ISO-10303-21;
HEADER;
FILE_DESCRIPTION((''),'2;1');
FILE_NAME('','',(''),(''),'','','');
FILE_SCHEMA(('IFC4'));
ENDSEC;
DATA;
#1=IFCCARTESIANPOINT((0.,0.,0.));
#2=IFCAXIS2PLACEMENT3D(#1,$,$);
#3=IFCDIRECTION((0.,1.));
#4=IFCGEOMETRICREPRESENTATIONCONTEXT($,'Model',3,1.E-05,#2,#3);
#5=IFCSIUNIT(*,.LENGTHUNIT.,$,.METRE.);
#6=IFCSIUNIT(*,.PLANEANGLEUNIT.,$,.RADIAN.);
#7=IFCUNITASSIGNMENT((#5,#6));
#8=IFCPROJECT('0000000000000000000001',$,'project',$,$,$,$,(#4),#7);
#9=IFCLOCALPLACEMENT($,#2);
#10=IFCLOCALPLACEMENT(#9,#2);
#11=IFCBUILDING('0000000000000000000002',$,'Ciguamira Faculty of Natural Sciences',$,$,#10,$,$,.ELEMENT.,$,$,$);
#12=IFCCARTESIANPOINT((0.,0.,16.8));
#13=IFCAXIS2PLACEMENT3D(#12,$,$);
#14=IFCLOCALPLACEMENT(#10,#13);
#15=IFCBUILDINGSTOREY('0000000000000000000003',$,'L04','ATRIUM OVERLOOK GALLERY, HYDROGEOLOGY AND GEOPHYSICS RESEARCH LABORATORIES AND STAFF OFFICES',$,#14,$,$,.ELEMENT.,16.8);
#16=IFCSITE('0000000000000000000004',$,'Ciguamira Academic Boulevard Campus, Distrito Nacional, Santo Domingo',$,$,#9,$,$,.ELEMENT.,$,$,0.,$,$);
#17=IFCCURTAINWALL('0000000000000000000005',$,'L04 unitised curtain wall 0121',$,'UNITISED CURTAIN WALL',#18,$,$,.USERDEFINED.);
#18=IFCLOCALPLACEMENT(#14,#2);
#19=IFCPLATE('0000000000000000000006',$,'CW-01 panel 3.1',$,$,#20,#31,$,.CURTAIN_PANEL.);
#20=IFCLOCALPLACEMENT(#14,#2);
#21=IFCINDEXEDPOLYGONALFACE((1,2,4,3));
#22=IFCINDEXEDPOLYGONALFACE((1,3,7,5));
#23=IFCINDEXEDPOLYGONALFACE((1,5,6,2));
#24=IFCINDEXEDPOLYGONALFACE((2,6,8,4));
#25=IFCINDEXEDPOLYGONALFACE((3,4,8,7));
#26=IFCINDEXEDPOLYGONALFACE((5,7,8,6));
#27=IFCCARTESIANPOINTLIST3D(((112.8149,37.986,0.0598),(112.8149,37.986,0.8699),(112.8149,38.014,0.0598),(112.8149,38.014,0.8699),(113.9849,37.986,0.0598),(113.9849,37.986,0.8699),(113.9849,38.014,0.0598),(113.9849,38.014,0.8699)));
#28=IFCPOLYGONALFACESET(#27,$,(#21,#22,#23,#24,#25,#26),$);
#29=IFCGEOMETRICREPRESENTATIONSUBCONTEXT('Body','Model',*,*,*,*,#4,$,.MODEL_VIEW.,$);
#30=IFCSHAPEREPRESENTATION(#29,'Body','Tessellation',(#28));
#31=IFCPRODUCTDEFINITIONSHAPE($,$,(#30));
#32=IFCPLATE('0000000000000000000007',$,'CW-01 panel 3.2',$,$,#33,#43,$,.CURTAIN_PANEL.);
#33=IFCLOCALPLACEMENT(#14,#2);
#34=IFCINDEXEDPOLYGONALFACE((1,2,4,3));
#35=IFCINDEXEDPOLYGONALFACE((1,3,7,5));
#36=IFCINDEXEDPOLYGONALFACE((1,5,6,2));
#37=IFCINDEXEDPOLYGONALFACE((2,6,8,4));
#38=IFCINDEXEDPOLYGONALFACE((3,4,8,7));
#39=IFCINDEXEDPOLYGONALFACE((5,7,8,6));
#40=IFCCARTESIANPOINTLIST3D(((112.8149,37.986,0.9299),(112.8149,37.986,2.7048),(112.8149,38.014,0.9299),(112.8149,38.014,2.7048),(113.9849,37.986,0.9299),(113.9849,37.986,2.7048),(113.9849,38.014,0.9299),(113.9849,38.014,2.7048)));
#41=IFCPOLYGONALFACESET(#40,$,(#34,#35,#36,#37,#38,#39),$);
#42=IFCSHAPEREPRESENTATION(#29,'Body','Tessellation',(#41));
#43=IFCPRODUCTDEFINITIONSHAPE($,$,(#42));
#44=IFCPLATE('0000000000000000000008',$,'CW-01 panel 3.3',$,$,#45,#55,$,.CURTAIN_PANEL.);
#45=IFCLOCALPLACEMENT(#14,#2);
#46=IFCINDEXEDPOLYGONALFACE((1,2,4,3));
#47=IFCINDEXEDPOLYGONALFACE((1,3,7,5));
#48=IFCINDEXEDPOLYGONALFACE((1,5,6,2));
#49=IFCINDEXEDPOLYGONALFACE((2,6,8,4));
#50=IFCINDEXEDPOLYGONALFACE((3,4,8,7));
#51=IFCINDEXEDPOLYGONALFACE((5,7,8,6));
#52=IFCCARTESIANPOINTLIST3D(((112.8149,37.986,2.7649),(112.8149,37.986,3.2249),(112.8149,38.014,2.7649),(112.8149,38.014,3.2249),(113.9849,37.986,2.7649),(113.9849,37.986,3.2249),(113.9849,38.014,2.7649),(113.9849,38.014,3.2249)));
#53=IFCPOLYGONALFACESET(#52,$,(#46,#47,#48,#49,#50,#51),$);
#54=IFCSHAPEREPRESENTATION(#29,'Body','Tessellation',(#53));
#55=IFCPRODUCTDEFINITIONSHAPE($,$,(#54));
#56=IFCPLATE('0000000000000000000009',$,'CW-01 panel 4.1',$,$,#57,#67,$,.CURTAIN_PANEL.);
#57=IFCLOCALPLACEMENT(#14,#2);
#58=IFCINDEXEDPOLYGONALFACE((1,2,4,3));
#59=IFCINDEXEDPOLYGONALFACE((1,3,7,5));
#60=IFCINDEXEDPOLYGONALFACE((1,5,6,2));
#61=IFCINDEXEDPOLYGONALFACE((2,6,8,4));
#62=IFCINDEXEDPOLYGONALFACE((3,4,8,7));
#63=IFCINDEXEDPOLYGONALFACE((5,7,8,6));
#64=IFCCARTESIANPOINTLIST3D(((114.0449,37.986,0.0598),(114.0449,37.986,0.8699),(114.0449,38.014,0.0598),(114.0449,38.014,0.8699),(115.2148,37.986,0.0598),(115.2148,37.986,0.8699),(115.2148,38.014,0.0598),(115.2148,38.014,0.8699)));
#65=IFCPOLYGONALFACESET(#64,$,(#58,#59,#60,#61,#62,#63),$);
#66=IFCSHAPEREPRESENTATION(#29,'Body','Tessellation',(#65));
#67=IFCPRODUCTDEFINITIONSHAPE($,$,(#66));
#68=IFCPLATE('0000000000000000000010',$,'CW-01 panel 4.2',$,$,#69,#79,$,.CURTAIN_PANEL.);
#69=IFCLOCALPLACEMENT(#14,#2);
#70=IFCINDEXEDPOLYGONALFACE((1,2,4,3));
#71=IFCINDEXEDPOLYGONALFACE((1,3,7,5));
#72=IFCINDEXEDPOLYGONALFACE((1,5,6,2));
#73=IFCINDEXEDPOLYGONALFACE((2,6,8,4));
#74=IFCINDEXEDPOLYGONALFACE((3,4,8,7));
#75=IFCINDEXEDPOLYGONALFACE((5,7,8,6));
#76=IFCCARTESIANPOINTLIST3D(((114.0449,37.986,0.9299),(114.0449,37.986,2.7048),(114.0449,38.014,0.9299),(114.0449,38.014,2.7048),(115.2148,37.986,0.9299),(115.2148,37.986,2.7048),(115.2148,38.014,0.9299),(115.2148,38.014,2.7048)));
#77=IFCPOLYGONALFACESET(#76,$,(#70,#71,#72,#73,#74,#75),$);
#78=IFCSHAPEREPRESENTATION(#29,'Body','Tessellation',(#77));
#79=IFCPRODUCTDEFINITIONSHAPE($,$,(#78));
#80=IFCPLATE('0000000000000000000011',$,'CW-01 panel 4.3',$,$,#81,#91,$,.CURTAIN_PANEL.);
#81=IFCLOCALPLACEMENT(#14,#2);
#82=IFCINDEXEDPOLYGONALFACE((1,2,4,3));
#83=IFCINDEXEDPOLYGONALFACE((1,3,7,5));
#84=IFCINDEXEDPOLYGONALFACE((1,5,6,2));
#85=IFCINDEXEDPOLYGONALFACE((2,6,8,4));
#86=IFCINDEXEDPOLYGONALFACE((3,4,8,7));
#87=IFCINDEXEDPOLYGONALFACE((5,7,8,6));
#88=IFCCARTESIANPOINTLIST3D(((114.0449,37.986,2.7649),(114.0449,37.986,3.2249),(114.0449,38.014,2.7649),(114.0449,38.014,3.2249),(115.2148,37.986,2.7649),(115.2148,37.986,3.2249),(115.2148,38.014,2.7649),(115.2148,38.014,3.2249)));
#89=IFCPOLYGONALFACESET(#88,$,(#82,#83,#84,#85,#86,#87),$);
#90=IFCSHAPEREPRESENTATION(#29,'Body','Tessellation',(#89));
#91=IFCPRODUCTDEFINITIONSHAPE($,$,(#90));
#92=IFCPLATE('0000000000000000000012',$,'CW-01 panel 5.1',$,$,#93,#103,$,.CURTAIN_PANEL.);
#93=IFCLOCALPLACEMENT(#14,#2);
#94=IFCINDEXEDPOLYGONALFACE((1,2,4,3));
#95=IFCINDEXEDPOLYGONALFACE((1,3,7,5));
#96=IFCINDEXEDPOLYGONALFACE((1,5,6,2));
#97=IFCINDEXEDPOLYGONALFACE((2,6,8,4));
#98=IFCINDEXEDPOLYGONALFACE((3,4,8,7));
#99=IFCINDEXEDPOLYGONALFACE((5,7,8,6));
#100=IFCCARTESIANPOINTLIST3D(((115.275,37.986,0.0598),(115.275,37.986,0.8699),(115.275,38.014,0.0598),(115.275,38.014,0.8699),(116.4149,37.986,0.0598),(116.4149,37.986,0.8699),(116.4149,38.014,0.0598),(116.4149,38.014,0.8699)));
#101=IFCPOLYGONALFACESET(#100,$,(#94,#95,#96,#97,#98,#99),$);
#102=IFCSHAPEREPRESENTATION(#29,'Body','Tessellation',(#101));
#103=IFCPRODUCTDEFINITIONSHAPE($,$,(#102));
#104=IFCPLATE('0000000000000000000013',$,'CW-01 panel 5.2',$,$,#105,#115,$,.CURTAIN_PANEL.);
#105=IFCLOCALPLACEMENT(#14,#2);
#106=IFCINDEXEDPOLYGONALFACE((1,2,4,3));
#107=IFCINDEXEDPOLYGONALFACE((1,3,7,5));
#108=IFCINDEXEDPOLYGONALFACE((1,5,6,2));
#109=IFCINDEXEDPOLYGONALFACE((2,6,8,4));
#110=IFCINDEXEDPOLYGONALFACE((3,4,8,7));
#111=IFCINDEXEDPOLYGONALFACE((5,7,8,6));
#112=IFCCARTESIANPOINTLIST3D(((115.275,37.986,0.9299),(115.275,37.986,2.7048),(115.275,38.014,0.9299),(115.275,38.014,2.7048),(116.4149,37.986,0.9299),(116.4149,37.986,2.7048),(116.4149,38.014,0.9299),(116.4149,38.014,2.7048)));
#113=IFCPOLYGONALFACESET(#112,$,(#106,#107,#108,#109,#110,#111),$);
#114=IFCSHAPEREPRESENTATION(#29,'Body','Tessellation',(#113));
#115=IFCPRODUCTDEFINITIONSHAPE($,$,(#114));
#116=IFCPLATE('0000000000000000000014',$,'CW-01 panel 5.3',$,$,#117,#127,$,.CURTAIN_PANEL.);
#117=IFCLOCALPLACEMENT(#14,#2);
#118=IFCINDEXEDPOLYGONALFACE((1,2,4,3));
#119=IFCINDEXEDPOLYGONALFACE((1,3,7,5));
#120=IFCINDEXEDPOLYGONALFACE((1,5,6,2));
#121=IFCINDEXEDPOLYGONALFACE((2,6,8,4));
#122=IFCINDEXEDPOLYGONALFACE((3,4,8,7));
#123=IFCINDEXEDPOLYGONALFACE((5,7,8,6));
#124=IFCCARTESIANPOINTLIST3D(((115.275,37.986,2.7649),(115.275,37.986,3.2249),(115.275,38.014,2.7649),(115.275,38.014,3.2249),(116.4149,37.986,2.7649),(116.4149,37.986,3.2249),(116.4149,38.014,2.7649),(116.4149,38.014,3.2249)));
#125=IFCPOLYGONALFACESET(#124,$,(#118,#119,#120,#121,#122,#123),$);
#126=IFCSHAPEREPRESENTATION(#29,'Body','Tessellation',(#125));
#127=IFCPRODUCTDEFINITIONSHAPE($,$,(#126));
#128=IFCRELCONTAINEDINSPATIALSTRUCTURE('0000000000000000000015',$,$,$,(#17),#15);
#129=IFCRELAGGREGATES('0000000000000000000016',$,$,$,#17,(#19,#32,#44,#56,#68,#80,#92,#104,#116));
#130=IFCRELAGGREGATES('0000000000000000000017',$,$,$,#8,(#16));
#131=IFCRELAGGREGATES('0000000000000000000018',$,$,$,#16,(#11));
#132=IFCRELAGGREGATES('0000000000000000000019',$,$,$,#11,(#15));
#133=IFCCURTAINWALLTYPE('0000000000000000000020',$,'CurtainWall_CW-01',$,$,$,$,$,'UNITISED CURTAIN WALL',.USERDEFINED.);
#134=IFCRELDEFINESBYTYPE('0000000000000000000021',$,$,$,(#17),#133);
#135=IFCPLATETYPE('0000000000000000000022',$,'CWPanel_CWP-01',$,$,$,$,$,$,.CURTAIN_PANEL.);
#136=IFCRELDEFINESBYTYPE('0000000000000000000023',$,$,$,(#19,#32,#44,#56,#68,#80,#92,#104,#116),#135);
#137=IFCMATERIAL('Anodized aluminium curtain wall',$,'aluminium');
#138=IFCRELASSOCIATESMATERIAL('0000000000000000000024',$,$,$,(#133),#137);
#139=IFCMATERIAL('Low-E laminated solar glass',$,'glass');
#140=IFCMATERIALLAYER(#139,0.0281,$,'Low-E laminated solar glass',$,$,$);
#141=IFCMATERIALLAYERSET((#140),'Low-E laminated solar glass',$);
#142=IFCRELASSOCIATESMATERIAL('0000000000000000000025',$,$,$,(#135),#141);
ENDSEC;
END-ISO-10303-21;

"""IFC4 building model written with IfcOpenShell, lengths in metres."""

from ifc_helpers import new_model, si_unit, direction, frame, origin, origin_2d, place, context, subcontext, project, spatial, rectangle, extrude, material, layer, layer_set, type_object, element, aggregate, save


model = new_model("IFC4")

# Units and contexts
model_context = context("Model", 3, precision=1e-05, world=origin(), true_north=direction((0.0, 1.0)))
body_context = subcontext(model_context, "Body", "Model", "MODEL_VIEW")
ifc_project = project(units=[si_unit("LENGTHUNIT", "METRE"), si_unit("PLANEANGLEUNIT", "RADIAN")], contexts=[model_context])

# Site, building, storey
site_placement = place(None, origin())
site = spatial("IfcSite", under=ifc_project, at=site_placement, Name="Ciguamira Academic Boulevard Campus, Distrito Nacional, Santo Domingo", CompositionType="ELEMENT", RefElevation=0.0)
building_placement = place(site_placement, origin())
building = spatial("IfcBuilding", under=site, at=building_placement, Name="Ciguamira Faculty of Natural Sciences", CompositionType="ELEMENT")
storey_placement = place(building_placement, frame((0.0, 0.0, 16.8)))
storey = spatial("IfcBuildingStorey", under=building, at=storey_placement, Name="L04", Description="ATRIUM OVERLOOK GALLERY, HYDROGEOLOGY AND GEOPHYSICS RESEARCH LABORATORIES AND STAFF OFFICES", CompositionType="ELEMENT", Elevation=16.8)

# Curtain wall
ifc_material_1 = material(Name="Anodized aluminium curtain wall", Category="aluminium")
curtain_wall_type = type_object("IfcCurtainWallType", Name="CurtainWall_CW-01", ElementType="UNITISED CURTAIN WALL", PredefinedType="USERDEFINED", material=ifc_material_1)
curtain_wall_placement = place(storey_placement, origin())
curtain_wall = element("IfcCurtainWall", 1, at=curtain_wall_placement, inside=storey, type_object=curtain_wall_type, Name="L04 unitised curtain wall 0121", ObjectType="UNITISED CURTAIN WALL", PredefinedType="USERDEFINED")

# Plates
ifc_material_2 = material(Name="Low-E laminated solar glass", Category="glass")
ifc_layer = layer(ifc_material_2, 0.0281, Name="Low-E laminated solar glass")
ifc_layer_set = layer_set([ifc_layer], Name="Low-E laminated solar glass")
plate_type = type_object("IfcPlateType", Name="CWPanel_CWP-01", PredefinedType="CURTAIN_PANEL", material=ifc_layer_set)
plate_1_placement = place(storey_placement, frame((113.3999, 38.0, 0.0598), z_axis=(0.0, 0.0, 1.0), x_axis=(1.0, 0.0, 0.0)))
plate_1 = element("IfcPlate", 2, at=plate_1_placement, type_object=plate_type, Name="CW-01 panel 3.1", PredefinedType="CURTAIN_PANEL", context=body_context, shape_type="SweptSolid", body=[
    extrude(rectangle(XDim=1.1699, YDim=0.0281, at=origin_2d()), origin(), (0.0, 0.0, 1.0), 0.8101),
])
plate_2_placement = place(storey_placement, frame((113.3999, 38.0, 0.9299), z_axis=(0.0, 0.0, 1.0), x_axis=(1.0, 0.0, 0.0)))
plate_2 = element("IfcPlate", 3, at=plate_2_placement, type_object=plate_type, Name="CW-01 panel 3.2", PredefinedType="CURTAIN_PANEL", context=body_context, shape_type="SweptSolid", body=[
    extrude(rectangle(XDim=1.1699, YDim=0.0281, at=origin_2d()), origin(), (0.0, 0.0, 1.0), 1.7749),
])
plate_3_placement = place(storey_placement, frame((113.3999, 38.0, 2.7649), z_axis=(0.0, 0.0, 1.0), x_axis=(1.0, 0.0, 0.0)))
plate_3 = element("IfcPlate", 4, at=plate_3_placement, type_object=plate_type, Name="CW-01 panel 3.3", PredefinedType="CURTAIN_PANEL", context=body_context, shape_type="SweptSolid", body=[
    extrude(rectangle(XDim=1.1699, YDim=0.0281, at=origin_2d()), origin(), (0.0, 0.0, 1.0), 0.46),
])
plate_4_placement = place(storey_placement, frame((114.6299, 38.0, 0.0598), z_axis=(0.0, 0.0, 1.0), x_axis=(1.0, 0.0, 0.0)))
plate_4 = element("IfcPlate", 5, at=plate_4_placement, type_object=plate_type, Name="CW-01 panel 4.1", PredefinedType="CURTAIN_PANEL", context=body_context, shape_type="SweptSolid", body=[
    extrude(rectangle(XDim=1.1699, YDim=0.0281, at=origin_2d()), origin(), (0.0, 0.0, 1.0), 0.8101),
])
plate_5_placement = place(storey_placement, frame((114.6299, 38.0, 0.9299), z_axis=(0.0, 0.0, 1.0), x_axis=(1.0, 0.0, 0.0)))
plate_5 = element("IfcPlate", 6, at=plate_5_placement, type_object=plate_type, Name="CW-01 panel 4.2", PredefinedType="CURTAIN_PANEL", context=body_context, shape_type="SweptSolid", body=[
    extrude(rectangle(XDim=1.1699, YDim=0.0281, at=origin_2d()), origin(), (0.0, 0.0, 1.0), 1.7749),
])
plate_6_placement = place(storey_placement, frame((114.6299, 38.0, 2.7649), z_axis=(0.0, 0.0, 1.0), x_axis=(1.0, 0.0, 0.0)))
plate_6 = element("IfcPlate", 7, at=plate_6_placement, type_object=plate_type, Name="CW-01 panel 4.3", PredefinedType="CURTAIN_PANEL", context=body_context, shape_type="SweptSolid", body=[
    extrude(rectangle(XDim=1.1699, YDim=0.0281, at=origin_2d()), origin(), (0.0, 0.0, 1.0), 0.46),
])
plate_7_placement = place(storey_placement, frame((115.845, 38.0, 0.0598), z_axis=(0.0, 0.0, 1.0), x_axis=(1.0, 0.0, 0.0)))
plate_7 = element("IfcPlate", 8, at=plate_7_placement, type_object=plate_type, Name="CW-01 panel 5.1", PredefinedType="CURTAIN_PANEL", context=body_context, shape_type="SweptSolid", body=[
    extrude(rectangle(XDim=1.1399, YDim=0.0281, at=origin_2d()), origin(), (0.0, 0.0, 1.0), 0.8101),
])
plate_8_placement = place(storey_placement, frame((115.845, 38.0, 0.9299), z_axis=(0.0, 0.0, 1.0), x_axis=(1.0, 0.0, 0.0)))
plate_8 = element("IfcPlate", 9, at=plate_8_placement, type_object=plate_type, Name="CW-01 panel 5.2", PredefinedType="CURTAIN_PANEL", context=body_context, shape_type="SweptSolid", body=[
    extrude(rectangle(XDim=1.1399, YDim=0.0281, at=origin_2d()), origin(), (0.0, 0.0, 1.0), 1.7749),
])
plate_9_placement = place(storey_placement, frame((115.845, 38.0, 2.7649), z_axis=(0.0, 0.0, 1.0), x_axis=(1.0, 0.0, 0.0)))
plate_9 = element("IfcPlate", 10, at=plate_9_placement, type_object=plate_type, Name="CW-01 panel 5.3", PredefinedType="CURTAIN_PANEL", context=body_context, shape_type="SweptSolid", body=[
    extrude(rectangle(XDim=1.1399, YDim=0.0281, at=origin_2d()), origin(), (0.0, 0.0, 1.0), 0.46),
])
aggregate(curtain_wall, [plate_1, plate_2, plate_3, plate_4, plate_5, plate_6, plate_7, plate_8, plate_9])

save(model, "model.ifc")
